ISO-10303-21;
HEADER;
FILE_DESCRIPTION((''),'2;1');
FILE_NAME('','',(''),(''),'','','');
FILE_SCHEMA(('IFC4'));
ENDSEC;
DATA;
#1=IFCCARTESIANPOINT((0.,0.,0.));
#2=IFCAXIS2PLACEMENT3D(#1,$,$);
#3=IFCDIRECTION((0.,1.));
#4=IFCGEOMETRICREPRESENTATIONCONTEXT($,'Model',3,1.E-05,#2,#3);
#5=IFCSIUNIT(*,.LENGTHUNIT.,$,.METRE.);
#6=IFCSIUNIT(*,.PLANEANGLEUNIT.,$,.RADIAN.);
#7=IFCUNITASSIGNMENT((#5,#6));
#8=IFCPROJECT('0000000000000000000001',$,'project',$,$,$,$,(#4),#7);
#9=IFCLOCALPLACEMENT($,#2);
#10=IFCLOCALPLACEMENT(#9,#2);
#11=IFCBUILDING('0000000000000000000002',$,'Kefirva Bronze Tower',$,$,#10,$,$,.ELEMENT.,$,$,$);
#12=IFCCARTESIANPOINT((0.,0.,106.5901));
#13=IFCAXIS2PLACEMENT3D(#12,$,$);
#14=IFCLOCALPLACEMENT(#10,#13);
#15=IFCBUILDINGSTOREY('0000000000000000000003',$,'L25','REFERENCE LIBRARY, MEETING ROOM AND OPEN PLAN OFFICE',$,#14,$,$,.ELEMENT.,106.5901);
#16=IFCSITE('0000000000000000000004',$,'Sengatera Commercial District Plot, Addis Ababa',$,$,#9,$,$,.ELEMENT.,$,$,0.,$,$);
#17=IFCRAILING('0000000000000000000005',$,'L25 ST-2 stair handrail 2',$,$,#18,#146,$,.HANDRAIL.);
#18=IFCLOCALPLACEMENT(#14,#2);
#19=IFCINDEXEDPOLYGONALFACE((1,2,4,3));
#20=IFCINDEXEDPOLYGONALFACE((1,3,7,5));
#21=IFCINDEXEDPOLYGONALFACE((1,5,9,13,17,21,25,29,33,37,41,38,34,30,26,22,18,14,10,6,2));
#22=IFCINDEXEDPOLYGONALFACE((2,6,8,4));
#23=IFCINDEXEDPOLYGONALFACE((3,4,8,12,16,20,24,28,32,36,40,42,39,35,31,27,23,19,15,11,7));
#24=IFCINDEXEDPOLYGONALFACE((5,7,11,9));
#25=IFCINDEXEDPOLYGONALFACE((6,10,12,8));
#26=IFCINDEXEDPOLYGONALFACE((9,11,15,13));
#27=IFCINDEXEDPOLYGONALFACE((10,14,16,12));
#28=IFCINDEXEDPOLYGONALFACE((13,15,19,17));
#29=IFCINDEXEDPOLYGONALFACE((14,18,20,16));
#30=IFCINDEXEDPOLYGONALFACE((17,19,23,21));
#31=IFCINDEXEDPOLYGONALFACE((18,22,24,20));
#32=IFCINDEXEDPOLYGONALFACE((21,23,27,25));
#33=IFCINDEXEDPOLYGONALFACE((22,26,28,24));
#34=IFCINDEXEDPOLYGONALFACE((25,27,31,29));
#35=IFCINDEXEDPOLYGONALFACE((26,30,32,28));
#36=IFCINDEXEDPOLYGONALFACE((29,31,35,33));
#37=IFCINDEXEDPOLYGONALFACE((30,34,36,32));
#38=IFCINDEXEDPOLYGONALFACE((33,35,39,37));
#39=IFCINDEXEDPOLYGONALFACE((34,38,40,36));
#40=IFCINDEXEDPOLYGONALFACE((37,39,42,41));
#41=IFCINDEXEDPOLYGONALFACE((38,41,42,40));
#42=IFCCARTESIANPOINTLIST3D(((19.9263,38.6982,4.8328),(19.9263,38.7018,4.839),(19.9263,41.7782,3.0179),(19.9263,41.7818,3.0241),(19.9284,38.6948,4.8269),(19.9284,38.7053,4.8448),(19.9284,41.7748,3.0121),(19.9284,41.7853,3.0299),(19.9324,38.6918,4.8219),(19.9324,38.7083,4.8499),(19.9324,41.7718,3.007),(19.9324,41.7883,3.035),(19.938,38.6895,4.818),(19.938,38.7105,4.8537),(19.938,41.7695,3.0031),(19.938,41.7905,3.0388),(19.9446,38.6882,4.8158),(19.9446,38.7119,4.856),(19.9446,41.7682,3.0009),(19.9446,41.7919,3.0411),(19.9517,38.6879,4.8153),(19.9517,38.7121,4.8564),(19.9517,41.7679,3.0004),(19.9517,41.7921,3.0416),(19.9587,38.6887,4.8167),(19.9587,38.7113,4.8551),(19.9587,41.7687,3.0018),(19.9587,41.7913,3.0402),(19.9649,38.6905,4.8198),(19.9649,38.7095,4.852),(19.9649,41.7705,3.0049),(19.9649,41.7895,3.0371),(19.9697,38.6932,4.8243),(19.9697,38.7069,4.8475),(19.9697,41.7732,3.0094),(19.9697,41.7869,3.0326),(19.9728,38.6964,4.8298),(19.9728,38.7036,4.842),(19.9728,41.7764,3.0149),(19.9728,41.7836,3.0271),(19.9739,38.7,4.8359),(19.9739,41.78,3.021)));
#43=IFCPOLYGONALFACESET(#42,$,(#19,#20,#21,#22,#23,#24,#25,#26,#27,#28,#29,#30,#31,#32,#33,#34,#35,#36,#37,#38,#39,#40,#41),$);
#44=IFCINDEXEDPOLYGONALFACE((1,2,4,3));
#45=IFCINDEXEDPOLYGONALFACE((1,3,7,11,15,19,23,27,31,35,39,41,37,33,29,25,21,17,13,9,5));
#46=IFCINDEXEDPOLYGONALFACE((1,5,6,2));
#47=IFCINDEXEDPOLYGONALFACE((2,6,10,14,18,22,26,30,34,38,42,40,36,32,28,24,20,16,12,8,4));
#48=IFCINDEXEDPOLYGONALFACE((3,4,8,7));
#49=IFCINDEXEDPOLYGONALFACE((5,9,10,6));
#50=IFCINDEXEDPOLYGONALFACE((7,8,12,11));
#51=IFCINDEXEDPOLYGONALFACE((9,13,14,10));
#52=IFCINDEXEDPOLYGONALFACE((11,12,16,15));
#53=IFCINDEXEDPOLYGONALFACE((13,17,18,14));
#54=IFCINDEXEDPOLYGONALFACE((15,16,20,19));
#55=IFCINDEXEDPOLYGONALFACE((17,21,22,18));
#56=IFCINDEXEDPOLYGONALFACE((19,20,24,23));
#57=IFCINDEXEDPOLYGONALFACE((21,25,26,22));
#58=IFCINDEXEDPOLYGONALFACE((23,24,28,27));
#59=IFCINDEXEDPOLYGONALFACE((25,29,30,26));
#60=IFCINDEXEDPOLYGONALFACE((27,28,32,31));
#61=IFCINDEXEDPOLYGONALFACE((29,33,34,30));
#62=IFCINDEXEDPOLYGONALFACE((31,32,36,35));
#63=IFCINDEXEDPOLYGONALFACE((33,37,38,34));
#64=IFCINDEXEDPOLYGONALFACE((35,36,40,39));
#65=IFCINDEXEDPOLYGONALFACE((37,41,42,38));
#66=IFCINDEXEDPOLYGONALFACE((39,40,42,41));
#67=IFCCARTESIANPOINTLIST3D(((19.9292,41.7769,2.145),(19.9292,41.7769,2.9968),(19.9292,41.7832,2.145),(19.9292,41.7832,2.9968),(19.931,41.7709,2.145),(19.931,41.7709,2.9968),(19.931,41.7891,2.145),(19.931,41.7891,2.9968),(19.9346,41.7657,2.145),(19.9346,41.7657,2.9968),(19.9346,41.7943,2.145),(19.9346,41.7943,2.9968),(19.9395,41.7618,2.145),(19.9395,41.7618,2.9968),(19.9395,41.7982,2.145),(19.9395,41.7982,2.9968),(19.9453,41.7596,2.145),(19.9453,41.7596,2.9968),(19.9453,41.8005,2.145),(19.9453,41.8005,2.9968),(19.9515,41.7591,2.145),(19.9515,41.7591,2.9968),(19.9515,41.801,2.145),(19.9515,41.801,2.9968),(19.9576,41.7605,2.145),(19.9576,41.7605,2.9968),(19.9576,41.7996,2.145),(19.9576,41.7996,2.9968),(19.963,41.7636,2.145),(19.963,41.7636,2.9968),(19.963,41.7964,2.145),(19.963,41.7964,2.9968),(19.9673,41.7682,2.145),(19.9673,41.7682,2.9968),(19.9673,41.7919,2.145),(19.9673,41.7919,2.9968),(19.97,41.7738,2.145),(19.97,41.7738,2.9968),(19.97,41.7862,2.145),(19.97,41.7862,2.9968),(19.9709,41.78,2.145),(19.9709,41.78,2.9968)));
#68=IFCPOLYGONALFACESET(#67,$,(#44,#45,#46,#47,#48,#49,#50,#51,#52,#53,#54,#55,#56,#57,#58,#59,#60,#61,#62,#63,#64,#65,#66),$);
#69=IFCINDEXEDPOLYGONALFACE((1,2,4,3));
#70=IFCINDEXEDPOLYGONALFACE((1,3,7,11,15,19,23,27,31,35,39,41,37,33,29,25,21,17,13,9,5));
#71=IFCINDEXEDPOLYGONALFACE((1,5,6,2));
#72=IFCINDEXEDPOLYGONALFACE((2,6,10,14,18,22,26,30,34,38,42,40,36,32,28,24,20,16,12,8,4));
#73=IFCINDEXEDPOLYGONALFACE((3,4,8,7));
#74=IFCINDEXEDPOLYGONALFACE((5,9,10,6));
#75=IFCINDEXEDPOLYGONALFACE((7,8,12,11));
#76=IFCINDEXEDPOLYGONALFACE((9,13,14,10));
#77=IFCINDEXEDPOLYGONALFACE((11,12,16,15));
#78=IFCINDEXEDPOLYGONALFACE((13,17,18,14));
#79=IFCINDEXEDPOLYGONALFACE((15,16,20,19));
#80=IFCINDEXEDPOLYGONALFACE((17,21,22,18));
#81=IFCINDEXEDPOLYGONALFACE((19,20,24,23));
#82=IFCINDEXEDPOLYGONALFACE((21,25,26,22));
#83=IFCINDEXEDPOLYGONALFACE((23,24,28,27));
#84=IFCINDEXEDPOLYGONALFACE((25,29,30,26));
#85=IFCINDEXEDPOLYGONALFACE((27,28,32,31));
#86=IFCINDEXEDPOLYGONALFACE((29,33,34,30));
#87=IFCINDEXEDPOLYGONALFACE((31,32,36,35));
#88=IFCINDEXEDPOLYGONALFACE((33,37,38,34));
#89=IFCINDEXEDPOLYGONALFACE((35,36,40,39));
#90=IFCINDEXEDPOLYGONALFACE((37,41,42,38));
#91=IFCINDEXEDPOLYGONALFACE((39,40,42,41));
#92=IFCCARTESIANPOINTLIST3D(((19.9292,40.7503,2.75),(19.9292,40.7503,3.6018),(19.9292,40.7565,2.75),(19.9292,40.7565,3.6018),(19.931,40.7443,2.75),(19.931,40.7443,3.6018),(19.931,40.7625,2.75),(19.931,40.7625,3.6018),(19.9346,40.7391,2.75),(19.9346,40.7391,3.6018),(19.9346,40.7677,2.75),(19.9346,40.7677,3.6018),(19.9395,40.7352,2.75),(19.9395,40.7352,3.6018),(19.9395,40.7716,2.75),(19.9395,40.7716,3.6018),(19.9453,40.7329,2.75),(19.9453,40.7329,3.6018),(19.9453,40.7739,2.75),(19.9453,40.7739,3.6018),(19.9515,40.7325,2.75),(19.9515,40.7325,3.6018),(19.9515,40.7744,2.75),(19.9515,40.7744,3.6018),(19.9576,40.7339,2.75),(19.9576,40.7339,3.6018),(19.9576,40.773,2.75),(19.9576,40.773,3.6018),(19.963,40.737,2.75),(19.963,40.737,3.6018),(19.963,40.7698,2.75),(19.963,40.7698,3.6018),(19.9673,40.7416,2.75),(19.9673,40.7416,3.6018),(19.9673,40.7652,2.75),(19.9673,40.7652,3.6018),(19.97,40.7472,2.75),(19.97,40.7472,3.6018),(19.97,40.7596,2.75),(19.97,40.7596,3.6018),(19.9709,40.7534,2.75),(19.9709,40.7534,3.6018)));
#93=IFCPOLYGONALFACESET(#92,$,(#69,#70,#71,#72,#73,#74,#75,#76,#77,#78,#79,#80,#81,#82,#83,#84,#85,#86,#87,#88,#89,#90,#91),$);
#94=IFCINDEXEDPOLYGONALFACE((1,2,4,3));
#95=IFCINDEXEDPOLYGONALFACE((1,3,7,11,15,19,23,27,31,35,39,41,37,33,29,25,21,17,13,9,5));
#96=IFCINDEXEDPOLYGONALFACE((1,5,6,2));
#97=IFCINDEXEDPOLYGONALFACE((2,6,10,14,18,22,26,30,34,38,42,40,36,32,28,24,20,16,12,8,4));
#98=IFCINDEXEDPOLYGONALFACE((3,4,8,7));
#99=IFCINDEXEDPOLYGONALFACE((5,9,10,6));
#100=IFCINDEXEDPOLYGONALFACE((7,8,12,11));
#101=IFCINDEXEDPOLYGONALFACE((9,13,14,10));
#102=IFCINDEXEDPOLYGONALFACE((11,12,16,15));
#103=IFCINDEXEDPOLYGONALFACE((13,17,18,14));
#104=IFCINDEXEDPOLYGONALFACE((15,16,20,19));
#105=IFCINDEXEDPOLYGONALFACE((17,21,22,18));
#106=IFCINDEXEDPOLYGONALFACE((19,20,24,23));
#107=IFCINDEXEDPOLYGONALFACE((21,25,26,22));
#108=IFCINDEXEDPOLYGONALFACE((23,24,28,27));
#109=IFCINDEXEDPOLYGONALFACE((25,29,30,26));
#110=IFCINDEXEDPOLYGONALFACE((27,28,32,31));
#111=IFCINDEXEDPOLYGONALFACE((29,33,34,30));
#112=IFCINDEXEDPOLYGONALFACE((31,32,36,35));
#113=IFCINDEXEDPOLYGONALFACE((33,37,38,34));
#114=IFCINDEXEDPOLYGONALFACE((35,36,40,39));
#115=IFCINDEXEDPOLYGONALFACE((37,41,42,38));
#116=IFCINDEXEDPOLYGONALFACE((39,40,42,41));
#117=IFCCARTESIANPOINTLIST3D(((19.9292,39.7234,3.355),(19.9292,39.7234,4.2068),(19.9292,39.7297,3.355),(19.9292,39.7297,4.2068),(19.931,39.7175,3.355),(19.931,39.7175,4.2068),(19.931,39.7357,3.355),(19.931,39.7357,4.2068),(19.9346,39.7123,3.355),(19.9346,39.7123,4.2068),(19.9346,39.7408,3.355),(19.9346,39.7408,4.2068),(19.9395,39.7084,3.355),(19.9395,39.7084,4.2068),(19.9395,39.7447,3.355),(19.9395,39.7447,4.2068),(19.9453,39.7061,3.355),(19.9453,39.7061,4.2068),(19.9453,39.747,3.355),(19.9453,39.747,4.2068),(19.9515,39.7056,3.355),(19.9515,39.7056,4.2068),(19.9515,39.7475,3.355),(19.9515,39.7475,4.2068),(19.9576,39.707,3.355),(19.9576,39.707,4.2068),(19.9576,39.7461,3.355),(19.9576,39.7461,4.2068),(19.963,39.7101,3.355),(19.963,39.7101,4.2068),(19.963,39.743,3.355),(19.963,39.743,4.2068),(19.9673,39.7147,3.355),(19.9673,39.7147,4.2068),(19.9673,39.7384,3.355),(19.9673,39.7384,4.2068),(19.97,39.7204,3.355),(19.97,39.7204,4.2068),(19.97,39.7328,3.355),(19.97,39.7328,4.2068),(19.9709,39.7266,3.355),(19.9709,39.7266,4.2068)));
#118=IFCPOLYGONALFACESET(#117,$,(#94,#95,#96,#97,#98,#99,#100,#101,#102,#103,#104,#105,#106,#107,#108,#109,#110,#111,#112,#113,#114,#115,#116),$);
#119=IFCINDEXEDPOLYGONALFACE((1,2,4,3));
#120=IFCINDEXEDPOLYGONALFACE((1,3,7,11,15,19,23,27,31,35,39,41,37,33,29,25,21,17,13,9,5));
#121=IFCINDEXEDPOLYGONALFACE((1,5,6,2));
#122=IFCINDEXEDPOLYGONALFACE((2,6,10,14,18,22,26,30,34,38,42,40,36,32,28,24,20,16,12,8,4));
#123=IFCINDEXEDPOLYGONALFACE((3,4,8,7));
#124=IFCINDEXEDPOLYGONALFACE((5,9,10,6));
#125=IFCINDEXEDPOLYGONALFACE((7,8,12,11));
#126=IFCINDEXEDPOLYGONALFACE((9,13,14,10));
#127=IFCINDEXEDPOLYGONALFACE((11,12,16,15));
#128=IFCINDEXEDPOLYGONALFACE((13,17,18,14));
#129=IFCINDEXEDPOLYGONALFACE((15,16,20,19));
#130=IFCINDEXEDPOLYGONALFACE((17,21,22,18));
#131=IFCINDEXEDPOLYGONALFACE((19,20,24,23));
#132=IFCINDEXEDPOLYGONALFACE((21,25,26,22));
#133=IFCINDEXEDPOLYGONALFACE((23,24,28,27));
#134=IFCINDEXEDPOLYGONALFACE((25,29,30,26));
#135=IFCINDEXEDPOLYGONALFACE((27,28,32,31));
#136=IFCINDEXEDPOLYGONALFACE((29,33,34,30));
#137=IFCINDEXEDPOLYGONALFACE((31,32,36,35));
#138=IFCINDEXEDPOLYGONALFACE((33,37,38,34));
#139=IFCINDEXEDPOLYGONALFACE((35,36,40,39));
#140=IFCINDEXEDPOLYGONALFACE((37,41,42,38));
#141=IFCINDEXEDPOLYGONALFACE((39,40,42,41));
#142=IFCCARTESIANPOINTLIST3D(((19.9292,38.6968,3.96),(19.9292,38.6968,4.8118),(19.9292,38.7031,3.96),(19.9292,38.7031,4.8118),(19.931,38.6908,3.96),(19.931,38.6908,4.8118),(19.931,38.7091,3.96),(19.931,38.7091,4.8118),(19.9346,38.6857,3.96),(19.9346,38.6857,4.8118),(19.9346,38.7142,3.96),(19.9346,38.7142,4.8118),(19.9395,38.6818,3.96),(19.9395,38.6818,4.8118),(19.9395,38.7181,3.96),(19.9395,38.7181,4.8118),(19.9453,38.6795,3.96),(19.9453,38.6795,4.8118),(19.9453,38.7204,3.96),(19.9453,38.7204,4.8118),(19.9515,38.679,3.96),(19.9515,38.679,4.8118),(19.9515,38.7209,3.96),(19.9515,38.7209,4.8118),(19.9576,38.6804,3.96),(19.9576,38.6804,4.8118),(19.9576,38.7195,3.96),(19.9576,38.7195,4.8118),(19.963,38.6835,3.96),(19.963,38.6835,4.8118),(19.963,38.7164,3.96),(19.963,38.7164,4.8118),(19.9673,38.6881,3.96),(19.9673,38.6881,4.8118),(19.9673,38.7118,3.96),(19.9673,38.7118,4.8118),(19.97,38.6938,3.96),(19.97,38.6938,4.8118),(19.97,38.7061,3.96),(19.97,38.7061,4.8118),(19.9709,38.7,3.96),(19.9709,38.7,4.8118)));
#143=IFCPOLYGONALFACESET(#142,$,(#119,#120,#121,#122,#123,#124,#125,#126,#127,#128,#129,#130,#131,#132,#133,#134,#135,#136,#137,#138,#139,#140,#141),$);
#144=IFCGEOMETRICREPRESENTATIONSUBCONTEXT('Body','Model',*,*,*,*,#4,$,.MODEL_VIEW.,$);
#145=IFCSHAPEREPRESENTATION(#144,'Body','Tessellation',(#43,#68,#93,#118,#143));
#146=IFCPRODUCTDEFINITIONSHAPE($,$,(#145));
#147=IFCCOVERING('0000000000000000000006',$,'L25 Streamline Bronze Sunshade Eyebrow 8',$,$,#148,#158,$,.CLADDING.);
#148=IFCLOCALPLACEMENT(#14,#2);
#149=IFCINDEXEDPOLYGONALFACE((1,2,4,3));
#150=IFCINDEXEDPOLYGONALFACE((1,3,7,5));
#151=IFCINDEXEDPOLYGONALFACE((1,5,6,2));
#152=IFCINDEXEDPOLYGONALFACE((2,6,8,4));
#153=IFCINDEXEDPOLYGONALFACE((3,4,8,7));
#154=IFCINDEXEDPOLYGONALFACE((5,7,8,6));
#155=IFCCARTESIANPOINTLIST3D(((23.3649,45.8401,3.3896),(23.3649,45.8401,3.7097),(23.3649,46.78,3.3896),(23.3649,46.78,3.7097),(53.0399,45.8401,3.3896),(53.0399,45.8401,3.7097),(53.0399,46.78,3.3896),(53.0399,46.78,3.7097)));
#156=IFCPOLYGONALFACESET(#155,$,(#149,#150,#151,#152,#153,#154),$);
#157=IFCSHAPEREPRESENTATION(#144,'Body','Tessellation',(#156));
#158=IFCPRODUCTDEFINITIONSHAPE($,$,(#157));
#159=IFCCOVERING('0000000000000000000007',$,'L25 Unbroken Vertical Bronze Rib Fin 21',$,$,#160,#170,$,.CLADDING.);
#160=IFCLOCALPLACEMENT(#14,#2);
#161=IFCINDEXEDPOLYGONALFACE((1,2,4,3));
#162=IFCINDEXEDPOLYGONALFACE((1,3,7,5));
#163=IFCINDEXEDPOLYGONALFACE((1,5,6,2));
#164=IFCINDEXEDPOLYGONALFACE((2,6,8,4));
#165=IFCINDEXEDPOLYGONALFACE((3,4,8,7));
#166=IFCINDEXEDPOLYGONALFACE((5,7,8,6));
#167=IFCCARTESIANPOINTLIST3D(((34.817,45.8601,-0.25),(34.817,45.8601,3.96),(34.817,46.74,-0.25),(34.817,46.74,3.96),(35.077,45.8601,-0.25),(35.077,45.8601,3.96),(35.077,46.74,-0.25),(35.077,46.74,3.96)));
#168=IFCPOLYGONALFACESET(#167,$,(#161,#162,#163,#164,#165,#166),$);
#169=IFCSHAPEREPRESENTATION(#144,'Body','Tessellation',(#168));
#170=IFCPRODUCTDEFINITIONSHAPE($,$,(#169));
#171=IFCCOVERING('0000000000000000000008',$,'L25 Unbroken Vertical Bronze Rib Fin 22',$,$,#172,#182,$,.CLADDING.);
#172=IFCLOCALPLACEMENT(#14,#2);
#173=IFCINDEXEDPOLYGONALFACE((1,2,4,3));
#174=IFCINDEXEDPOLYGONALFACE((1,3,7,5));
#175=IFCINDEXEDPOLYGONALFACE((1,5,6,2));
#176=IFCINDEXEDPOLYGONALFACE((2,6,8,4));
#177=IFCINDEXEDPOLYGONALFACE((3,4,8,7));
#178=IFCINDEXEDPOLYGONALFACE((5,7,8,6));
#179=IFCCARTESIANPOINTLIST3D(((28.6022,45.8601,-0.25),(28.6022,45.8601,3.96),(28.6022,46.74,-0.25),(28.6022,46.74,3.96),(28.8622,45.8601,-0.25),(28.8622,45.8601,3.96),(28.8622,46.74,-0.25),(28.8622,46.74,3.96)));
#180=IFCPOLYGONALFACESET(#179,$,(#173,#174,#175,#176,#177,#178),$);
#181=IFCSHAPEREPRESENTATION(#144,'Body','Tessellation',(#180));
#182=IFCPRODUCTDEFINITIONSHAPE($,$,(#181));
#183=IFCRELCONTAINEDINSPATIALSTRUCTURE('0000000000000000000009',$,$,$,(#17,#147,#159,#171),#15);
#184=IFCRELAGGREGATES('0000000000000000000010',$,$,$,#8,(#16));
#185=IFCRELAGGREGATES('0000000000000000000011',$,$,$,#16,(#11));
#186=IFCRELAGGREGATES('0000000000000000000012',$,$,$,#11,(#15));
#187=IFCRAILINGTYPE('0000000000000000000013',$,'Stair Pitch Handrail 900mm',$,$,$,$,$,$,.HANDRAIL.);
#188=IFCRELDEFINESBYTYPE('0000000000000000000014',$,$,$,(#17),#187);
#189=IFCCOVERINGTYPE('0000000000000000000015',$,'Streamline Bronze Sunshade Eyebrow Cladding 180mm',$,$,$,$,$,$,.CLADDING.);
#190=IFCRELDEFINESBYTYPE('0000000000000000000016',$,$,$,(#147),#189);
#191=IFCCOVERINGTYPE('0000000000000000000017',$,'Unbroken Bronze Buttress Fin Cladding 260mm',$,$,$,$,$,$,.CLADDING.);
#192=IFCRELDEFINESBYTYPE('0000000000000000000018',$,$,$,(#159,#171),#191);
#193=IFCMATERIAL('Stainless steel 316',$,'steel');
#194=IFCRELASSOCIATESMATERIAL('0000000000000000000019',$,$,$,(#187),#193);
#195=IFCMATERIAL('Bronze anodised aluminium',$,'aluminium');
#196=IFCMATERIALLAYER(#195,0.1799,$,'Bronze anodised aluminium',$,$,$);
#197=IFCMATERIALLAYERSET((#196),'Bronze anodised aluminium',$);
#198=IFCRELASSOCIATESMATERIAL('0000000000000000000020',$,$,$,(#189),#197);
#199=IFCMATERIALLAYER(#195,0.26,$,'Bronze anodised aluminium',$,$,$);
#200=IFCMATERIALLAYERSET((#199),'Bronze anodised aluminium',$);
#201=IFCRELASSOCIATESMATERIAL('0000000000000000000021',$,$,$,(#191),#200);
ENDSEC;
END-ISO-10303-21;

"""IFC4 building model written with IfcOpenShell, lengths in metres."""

from ifc_helpers import new_model, si_unit, direction, frame, origin, origin_2d, place, context, subcontext, project, spatial, rectangle, circle, extrude, material, layer, layer_set, type_object, element, save


model = new_model("IFC4")

# Units and contexts
model_context = context("Model", 3, precision=1e-05, world=origin(), true_north=direction((0.0, 1.0)))
body_context = subcontext(model_context, "Body", "Model", "MODEL_VIEW")
ifc_project = project(units=[si_unit("LENGTHUNIT", "METRE"), si_unit("PLANEANGLEUNIT", "RADIAN")], contexts=[model_context])

# Site, building, storey
site_placement = place(None, origin())
site = spatial("IfcSite", under=ifc_project, at=site_placement, Name="Sengatera Commercial District Plot, Addis Ababa", CompositionType="ELEMENT", RefElevation=0.0)
building_placement = place(site_placement, origin())
building = spatial("IfcBuilding", under=site, at=building_placement, Name="Kefirva Bronze Tower", CompositionType="ELEMENT")
storey_placement = place(building_placement, frame((0.0, 0.0, 106.5901)))
storey = spatial("IfcBuildingStorey", under=building, at=storey_placement, Name="L25", Description="REFERENCE LIBRARY, MEETING ROOM AND OPEN PLAN OFFICE", CompositionType="ELEMENT", Elevation=106.5901)

# Shared definitions
ifc_material_1 = material(Name="Bronze anodised aluminium", Category="aluminium")

# Railing
ifc_material_2 = material(Name="Stainless steel 316", Category="steel")
railing_type_1 = type_object("IfcRailingType", Name="Stair Pitch Handrail 900mm", PredefinedType="HANDRAIL", material=ifc_material_2)
railing_1_placement = place(storey_placement, frame((19.95, 41.78, 2.145)))
element("IfcRailing", 1, at=railing_1_placement, inside=storey, type_object=railing_type_1, Name="L25 ST-2 stair handrail 2", PredefinedType="HANDRAIL", context=body_context, shape_type="SweptSolid", body=[
    extrude(circle(Radius=0.0239, at=origin_2d()), frame((0.0, 0.0, 0.876), z_axis=(0.0, -0.861551, 0.507671), x_axis=(1.0, 0.0, 0.0)), (0.0, 0.0, 1.0), 3.575),
    extrude(circle(Radius=0.021, at=origin_2d()), origin(), (0.0, 0.0, 1.0), 0.8518),
    extrude(circle(Radius=0.021, at=origin_2d()), frame((0.0, -1.0266, 0.605)), (0.0, 0.0, 1.0), 0.8518),
    extrude(circle(Radius=0.021, at=origin_2d()), frame((0.0, -2.0535, 1.21)), (0.0, 0.0, 1.0), 0.8518),
    extrude(circle(Radius=0.021, at=origin_2d()), frame((0.0, -3.0801, 1.8149)), (0.0, 0.0, 1.0), 0.8518),
])

# Coverings
ifc_layer_1 = layer(ifc_material_1, 0.1799, Name="Bronze anodised aluminium")
ifc_layer_set_1 = layer_set([ifc_layer_1], Name="Bronze anodised aluminium")
covering_type_1 = type_object("IfcCoveringType", Name="Streamline Bronze Sunshade Eyebrow Cladding 180mm", PredefinedType="CLADDING", material=ifc_layer_set_1)
covering_1_placement = place(storey_placement, frame((38.2024, 46.3101, 3.3896), z_axis=(0.0, 0.0, 1.0), x_axis=(-1.0, 0.0, 0.0)))
element("IfcCovering", 2, at=covering_1_placement, inside=storey, type_object=covering_type_1, Name="L25 Streamline Bronze Sunshade Eyebrow 8", PredefinedType="CLADDING", context=body_context, shape_type="SweptSolid", body=[
    extrude(rectangle(XDim=29.675, YDim=0.9399, at=origin_2d()), origin(), (0.0, 0.0, 1.0), 0.3201),
])
ifc_layer_2 = layer(ifc_material_1, 0.26, Name="Bronze anodised aluminium")
ifc_layer_set_2 = layer_set([ifc_layer_2], Name="Bronze anodised aluminium")
covering_type_2 = type_object("IfcCoveringType", Name="Unbroken Bronze Buttress Fin Cladding 260mm", PredefinedType="CLADDING", material=ifc_layer_set_2)
for number, where, z_axis, x_axis, name in (
    (3, (34.947, 46.3, -0.25), (0.0, 0.0, 1.0), (-1.0, 0.0, 0.0), "L25 Unbroken Vertical Bronze Rib Fin 21"),
    (4, (28.7322, 46.3, -0.25), (0.0, 0.0, 1.0), (-1.0, 0.0, 0.0), "L25 Unbroken Vertical Bronze Rib Fin 22"),
):
    element("IfcCovering", number, at=place(storey_placement, frame(where, z_axis=z_axis, x_axis=x_axis)), inside=storey, type_object=covering_type_2, Name=name, PredefinedType="CLADDING", context=body_context, shape_type="SweptSolid", body=[
        extrude(rectangle(XDim=0.26, YDim=0.8799, at=origin_2d()), origin(), (0.0, 0.0, 1.0), 4.21),
    ])

save(model, "model.ifc")
